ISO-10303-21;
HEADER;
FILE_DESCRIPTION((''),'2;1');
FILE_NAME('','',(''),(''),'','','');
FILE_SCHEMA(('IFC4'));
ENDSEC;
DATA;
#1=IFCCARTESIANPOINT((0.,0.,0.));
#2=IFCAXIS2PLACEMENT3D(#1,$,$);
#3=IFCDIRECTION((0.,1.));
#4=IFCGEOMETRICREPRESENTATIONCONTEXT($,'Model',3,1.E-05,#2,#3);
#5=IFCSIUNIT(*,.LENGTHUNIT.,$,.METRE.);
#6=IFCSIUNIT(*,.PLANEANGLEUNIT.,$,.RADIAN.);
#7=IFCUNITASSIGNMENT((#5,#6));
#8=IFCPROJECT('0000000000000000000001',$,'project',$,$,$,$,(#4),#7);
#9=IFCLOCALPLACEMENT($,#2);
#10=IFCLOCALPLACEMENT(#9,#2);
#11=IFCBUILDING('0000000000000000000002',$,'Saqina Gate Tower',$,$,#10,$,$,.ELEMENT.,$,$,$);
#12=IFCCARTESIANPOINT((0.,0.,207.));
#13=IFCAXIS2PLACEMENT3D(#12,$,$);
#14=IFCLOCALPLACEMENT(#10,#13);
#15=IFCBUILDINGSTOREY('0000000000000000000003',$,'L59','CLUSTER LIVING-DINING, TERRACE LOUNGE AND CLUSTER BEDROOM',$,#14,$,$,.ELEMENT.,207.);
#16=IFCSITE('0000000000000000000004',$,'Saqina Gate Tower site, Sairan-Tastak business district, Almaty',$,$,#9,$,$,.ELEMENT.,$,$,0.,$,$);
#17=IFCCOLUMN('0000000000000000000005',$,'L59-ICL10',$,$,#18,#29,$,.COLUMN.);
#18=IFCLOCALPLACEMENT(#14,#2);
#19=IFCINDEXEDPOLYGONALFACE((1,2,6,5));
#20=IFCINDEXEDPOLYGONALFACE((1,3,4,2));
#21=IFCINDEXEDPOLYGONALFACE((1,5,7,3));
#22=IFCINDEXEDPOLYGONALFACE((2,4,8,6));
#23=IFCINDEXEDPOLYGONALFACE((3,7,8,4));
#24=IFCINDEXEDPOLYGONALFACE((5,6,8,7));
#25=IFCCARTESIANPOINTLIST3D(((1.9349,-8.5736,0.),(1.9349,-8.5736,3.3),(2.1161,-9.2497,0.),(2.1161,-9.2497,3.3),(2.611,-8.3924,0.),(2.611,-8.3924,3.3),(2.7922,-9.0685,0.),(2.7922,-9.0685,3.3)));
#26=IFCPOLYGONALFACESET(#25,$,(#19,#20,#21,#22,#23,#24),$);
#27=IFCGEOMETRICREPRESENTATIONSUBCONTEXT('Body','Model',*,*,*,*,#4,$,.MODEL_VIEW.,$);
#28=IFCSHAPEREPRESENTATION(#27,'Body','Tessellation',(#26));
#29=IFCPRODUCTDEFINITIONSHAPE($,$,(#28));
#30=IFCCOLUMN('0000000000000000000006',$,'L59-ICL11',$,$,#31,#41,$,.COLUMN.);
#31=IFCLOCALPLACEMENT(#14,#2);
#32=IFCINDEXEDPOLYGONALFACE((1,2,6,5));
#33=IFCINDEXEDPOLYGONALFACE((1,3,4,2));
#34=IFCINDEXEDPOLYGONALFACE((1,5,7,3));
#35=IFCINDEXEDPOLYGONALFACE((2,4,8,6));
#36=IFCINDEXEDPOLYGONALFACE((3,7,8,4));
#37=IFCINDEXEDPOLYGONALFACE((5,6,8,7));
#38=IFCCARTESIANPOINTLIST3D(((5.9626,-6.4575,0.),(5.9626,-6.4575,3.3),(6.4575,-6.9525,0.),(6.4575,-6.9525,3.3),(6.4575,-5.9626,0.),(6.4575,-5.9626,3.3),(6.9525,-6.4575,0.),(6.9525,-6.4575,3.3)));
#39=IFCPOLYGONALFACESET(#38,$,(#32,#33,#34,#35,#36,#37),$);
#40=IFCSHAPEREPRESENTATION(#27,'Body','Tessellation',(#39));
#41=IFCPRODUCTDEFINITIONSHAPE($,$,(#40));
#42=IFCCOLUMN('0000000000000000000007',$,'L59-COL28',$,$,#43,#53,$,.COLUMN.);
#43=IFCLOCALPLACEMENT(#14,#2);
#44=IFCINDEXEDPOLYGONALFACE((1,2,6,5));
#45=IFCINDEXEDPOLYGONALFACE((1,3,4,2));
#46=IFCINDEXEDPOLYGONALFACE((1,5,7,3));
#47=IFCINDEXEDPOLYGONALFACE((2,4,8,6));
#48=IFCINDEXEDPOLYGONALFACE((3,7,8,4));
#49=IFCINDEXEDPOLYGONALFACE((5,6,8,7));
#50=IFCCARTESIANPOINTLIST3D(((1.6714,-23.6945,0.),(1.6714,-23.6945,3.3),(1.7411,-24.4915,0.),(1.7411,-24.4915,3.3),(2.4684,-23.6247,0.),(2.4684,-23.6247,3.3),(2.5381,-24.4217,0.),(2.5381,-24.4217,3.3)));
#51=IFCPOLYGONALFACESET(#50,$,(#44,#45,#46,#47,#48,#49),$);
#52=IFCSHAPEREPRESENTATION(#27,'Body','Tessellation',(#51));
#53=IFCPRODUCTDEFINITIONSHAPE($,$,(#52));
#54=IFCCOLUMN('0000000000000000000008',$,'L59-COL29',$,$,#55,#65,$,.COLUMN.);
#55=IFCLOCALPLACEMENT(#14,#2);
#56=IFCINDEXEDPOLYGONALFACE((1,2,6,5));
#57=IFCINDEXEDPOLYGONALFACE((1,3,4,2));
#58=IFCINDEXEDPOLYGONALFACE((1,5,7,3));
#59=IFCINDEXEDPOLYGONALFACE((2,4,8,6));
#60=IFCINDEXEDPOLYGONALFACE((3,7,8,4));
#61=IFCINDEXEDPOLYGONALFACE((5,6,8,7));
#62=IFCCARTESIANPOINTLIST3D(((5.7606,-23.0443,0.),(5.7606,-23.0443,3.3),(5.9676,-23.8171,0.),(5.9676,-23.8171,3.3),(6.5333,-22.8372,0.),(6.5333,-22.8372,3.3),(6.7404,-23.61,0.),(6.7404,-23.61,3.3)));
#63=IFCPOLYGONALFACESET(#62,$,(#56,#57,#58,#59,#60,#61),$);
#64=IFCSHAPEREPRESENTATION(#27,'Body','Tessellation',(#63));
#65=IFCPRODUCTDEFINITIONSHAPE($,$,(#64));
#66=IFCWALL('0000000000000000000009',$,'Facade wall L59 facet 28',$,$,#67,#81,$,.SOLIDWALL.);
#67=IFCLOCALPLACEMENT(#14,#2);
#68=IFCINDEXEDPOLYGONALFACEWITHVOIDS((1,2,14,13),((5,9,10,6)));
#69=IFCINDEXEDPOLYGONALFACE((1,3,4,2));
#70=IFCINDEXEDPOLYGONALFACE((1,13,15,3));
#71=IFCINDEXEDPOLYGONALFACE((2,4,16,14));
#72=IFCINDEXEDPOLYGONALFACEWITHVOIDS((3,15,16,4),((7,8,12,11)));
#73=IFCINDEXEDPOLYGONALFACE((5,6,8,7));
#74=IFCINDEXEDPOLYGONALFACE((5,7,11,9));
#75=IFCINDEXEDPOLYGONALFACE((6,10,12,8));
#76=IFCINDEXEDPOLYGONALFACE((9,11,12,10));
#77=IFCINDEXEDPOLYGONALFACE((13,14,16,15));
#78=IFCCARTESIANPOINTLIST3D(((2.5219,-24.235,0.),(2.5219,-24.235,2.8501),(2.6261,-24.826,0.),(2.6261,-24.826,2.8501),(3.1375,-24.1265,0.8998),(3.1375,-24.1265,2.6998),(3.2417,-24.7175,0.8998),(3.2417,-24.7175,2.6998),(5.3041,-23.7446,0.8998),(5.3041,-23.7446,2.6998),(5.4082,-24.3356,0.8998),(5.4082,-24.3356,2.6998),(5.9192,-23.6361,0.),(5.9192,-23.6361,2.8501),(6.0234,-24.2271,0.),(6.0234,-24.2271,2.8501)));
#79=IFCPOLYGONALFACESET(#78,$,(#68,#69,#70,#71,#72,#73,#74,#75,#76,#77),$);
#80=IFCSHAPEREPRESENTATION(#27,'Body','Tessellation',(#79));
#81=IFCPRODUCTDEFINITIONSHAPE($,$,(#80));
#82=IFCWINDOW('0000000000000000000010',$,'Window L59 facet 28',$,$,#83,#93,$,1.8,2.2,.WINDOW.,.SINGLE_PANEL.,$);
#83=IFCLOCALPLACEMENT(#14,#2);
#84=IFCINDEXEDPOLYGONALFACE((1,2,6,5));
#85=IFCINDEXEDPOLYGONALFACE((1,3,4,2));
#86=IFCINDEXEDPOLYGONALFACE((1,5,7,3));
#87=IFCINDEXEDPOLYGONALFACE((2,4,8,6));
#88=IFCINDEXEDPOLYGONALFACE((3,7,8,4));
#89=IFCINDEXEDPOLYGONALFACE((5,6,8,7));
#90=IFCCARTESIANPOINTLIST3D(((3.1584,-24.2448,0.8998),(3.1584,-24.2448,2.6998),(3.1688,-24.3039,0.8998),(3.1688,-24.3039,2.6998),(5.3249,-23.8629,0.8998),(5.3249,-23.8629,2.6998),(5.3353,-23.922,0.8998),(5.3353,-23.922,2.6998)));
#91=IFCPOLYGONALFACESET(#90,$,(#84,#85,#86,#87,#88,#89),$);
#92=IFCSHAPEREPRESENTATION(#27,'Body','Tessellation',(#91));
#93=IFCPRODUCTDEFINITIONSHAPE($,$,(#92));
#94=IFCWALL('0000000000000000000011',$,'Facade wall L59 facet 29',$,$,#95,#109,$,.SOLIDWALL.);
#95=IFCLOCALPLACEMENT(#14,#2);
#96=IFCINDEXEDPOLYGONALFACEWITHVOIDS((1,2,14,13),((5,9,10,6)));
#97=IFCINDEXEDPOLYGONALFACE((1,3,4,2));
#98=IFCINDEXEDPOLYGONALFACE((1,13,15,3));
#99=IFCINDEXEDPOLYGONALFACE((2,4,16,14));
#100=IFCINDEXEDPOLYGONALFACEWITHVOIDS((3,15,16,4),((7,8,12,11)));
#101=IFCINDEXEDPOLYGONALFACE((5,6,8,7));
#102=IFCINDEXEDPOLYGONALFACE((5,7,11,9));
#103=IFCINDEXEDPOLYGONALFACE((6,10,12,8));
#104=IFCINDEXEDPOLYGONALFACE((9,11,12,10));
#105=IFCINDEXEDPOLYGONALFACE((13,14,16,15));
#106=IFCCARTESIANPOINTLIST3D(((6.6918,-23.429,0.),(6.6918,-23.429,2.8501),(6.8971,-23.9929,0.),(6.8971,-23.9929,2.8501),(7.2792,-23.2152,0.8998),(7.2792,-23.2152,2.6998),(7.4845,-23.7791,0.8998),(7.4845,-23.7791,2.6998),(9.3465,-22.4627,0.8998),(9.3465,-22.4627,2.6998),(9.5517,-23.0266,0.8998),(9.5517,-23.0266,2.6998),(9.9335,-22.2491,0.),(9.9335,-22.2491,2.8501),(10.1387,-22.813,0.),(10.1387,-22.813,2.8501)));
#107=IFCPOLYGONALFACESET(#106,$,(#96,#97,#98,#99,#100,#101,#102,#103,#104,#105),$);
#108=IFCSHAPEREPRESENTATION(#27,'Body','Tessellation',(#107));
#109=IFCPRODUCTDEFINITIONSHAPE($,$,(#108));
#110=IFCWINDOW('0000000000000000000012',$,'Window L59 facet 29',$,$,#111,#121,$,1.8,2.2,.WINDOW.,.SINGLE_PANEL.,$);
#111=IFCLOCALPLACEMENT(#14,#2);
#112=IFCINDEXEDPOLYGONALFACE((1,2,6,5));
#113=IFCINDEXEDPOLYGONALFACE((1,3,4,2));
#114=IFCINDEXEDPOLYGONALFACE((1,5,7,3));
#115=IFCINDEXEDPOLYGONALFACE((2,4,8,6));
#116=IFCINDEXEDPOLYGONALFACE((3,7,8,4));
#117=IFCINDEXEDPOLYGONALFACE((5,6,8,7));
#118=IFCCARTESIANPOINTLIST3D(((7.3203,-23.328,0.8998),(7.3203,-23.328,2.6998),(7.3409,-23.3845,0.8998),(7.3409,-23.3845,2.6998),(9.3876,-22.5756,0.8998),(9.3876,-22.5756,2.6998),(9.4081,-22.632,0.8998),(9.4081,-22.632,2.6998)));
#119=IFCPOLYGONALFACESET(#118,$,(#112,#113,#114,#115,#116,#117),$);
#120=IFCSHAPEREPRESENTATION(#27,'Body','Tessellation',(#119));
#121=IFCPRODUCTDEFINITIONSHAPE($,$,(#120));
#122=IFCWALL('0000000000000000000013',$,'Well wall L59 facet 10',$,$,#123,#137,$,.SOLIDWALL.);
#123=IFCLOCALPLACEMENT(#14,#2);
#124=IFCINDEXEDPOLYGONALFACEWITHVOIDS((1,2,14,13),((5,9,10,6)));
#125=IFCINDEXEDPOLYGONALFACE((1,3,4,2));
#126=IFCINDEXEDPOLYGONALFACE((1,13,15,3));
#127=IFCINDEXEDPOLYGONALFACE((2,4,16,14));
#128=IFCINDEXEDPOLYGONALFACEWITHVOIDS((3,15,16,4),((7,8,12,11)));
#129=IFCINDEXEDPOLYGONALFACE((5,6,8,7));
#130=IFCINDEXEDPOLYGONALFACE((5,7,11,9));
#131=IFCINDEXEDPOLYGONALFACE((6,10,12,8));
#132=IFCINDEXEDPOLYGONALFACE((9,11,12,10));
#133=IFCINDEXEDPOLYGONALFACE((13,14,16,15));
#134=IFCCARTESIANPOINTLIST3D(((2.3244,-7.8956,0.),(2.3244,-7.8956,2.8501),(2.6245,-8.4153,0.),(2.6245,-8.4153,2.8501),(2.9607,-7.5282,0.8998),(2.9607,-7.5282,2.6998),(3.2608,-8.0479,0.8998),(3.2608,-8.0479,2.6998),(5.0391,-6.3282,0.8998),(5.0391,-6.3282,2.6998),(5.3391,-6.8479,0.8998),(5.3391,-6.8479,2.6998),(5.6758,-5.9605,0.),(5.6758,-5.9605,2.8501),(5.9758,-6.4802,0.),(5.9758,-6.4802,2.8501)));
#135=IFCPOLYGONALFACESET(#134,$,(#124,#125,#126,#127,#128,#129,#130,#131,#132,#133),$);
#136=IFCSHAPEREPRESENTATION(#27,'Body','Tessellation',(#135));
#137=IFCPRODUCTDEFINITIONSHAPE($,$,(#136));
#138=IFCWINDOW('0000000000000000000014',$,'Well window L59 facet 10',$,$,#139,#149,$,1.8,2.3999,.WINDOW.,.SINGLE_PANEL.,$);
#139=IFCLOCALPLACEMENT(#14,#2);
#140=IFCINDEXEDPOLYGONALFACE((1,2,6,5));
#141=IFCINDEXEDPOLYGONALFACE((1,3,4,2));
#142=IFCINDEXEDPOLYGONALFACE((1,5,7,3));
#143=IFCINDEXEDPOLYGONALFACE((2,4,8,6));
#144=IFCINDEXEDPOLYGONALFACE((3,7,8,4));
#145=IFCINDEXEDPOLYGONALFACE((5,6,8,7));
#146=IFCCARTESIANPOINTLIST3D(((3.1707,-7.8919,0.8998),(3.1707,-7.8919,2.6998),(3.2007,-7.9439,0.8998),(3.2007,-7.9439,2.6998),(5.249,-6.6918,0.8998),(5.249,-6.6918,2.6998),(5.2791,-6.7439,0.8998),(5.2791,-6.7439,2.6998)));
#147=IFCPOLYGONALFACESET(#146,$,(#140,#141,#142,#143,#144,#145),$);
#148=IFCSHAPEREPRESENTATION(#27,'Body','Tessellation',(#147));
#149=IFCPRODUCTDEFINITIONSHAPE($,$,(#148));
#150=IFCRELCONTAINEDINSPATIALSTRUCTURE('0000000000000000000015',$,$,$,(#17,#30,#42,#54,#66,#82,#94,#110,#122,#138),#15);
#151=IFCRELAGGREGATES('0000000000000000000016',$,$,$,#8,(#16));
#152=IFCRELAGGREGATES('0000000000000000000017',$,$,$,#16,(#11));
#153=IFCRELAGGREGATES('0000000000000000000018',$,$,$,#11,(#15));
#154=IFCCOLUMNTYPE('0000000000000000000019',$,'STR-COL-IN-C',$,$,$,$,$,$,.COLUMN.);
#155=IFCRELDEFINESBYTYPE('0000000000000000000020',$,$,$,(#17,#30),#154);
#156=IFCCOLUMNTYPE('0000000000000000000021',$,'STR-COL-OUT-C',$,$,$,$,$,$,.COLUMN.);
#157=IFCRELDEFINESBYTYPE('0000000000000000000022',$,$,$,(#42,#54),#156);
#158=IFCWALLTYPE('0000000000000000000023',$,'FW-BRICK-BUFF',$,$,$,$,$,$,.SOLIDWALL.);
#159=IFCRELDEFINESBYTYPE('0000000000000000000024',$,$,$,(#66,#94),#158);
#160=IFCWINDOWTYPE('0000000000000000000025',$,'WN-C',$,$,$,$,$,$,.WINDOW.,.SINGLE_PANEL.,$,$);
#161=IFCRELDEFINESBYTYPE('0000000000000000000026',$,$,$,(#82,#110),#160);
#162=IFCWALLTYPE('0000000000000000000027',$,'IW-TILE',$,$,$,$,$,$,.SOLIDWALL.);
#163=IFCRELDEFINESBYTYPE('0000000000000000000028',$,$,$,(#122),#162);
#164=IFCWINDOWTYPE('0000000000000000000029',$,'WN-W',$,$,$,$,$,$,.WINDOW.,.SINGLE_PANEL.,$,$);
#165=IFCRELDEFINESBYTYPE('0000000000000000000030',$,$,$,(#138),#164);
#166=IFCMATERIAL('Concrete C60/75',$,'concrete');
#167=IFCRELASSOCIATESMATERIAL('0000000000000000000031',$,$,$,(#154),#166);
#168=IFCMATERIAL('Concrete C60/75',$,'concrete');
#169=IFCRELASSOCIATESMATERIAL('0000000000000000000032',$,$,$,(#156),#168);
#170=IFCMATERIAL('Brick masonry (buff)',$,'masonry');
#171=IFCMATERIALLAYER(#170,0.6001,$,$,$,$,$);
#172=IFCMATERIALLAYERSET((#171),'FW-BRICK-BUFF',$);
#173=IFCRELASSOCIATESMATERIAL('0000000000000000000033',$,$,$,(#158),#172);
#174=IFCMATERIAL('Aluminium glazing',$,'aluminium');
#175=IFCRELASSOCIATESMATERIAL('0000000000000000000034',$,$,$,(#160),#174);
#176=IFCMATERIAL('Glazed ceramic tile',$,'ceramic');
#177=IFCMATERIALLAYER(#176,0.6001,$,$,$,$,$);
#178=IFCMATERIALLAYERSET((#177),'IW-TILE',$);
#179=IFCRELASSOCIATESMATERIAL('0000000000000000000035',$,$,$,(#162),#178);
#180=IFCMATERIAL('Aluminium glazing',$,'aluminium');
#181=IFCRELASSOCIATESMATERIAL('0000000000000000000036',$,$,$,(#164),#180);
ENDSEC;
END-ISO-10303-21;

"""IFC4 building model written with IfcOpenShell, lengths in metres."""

from ifc_helpers import new_model, si_unit, direction, frame, frame_2d, origin, origin_2d, place, context, subcontext, project, spatial, rectangle, extrude, material, layer, layer_set, material_profile, profile_set, type_object, element, fill, save


model = new_model("IFC4")

# Units and contexts
model_context = context("Model", 3, precision=1e-05, world=origin(), true_north=direction((0.0, 1.0)))
body_context = subcontext(model_context, "Body", "Model", "MODEL_VIEW")
ifc_project = project(units=[si_unit("LENGTHUNIT", "METRE"), si_unit("PLANEANGLEUNIT", "RADIAN")], contexts=[model_context])

# Site, building, storey
site_placement = place(None, origin())
site = spatial("IfcSite", under=ifc_project, at=site_placement, Name="Saqina Gate Tower site, Sairan-Tastak business district, Almaty", CompositionType="ELEMENT", RefElevation=0.0)
building_placement = place(site_placement, origin())
building = spatial("IfcBuilding", under=site, at=building_placement, Name="Saqina Gate Tower", CompositionType="ELEMENT")
storey_placement = place(building_placement, frame((0.0, 0.0, 207.0)))
storey = spatial("IfcBuildingStorey", under=building, at=storey_placement, Name="L59", Description="CLUSTER LIVING-DINING, TERRACE LOUNGE AND CLUSTER BEDROOM", CompositionType="ELEMENT", Elevation=207.0)

# Columns
ifc_material_1 = material(Name="Concrete C60/75", Category="concrete")
ifc_material_profile_1 = material_profile(ifc_material_1, rectangle(XDim=0.7, YDim=0.7, at=origin_2d()), Name="RC 700x700")
ifc_profile_set_1 = profile_set([ifc_material_profile_1], Name="Concrete C60/75")
column_type_1 = type_object("IfcColumnType", Name="STR-COL-IN-C", PredefinedType="COLUMN", material=ifc_profile_set_1)
for number, where, z_axis, x_axis, name in (
    (1, (2.3635, -8.821, 0.0), (0.0, 0.0, 1.0), (0.258819, -0.965926, 0.0), "L59-ICL10"),
    (2, (6.4575, -6.4575, 0.0), (0.0, 0.0, 1.0), (0.707107, -0.707107, 0.0), "L59-ICL11"),
):
    element("IfcColumn", number, at=place(storey_placement, frame(where, z_axis=z_axis, x_axis=x_axis)), inside=storey, type_object=column_type_1, Name=name, PredefinedType="COLUMN", context=body_context, shape_type="SweptSolid", body=[
        extrude(rectangle(XDim=0.7, YDim=0.7, at=origin_2d()), origin(), (0.0, 0.0, 1.0), 3.3),
    ])
ifc_material_2 = material(Name="Concrete C60/75", Category="concrete")
ifc_material_profile_2 = material_profile(ifc_material_2, rectangle(XDim=0.8, YDim=0.8, at=origin_2d()), Name="RC 800x800")
ifc_profile_set_2 = profile_set([ifc_material_profile_2], Name="Concrete C60/75")
column_type_2 = type_object("IfcColumnType", Name="STR-COL-OUT-C", PredefinedType="COLUMN", material=ifc_profile_set_2)
for number, where, z_axis, x_axis, name in (
    (3, (2.1047, -24.0581, 0.0), (0.0, 0.0, 1.0), (0.087156, -0.996195, 0.0), "L59-COL28"),
    (4, (6.2505, -23.3271, 0.0), (0.0, 0.0, 1.0), (0.258819, -0.965926, 0.0), "L59-COL29"),
):
    element("IfcColumn", number, at=place(storey_placement, frame(where, z_axis=z_axis, x_axis=x_axis)), inside=storey, type_object=column_type_2, Name=name, PredefinedType="COLUMN", context=body_context, shape_type="SweptSolid", body=[
        extrude(rectangle(XDim=0.8, YDim=0.8, at=origin_2d()), origin(), (0.0, 0.0, 1.0), 3.3),
    ])

# Walls, openings, windows
ifc_material_3 = material(Name="Brick masonry (buff)", Category="masonry")
ifc_layer_1 = layer(ifc_material_3, 0.6001)
ifc_layer_set_1 = layer_set([ifc_layer_1], Name="FW-BRICK-BUFF")
wall_type_1 = type_object("IfcWallType", Name="FW-BRICK-BUFF", PredefinedType="SOLIDWALL", material=ifc_layer_set_1)
wall_1_placement = place(storey_placement, frame((2.574, -24.5305, 0.0), z_axis=(0.0, 0.0, 1.0), x_axis=(0.984815, 0.173608, 0.0)))
wall_1 = element("IfcWall", 5, at=wall_1_placement, inside=storey, type_object=wall_type_1, Name="Facade wall L59 facet 28", PredefinedType="SOLIDWALL", context=body_context, shape_type="SweptSolid", body=[
    extrude(rectangle(XDim=3.4497, YDim=0.6001, at=frame_2d((1.7249, 0.0))), origin(), (0.0, 0.0, 1.0), 2.8501),
])
opening_1_placement = place(wall_1_placement, frame((0.625, 0.0, 0.8999)))
opening_1 = element("IfcOpeningElement", 6, at=opening_1_placement, cuts=wall_1, PredefinedType="OPENING", context=body_context, shape_type="SweptSolid", body=[
    extrude(rectangle(XDim=2.2, YDim=1.8, at=frame_2d((1.1001, 0.8999))), frame((0.0, 0.312, 0.0), z_axis=(0.0, -1.0, 0.0), x_axis=(1.0, 0.0, 0.0)), (0.0, 0.0, 1.0), 0.624),
])
ifc_material_4 = material(Name="Aluminium glazing", Category="aluminium")
window_type_1 = type_object("IfcWindowType", Name="WN-C", PartitioningType="SINGLE_PANEL", PredefinedType="WINDOW", material=ifc_material_4)
window_1_placement = place(opening_1_placement, origin())
window_1 = element("IfcWindow", 7, at=window_1_placement, inside=storey, type_object=window_type_1, Name="Window L59 facet 28", OverallHeight=1.8, OverallWidth=2.2, PartitioningType="SINGLE_PANEL", PredefinedType="WINDOW", context=body_context, shape_type="SweptSolid", body=[
    extrude(rectangle(XDim=2.2, YDim=1.8, at=frame_2d((1.1001, 0.8999))), frame((0.0, 0.1799, 0.0), z_axis=(0.0, -1.0, 0.0), x_axis=(1.0, 0.0, 0.0)), (0.0, 0.0, 1.0), 0.0601),
])
fill(opening_1, window_1)
wall_2_placement = place(storey_placement, frame((6.7944, -23.7109, 0.0), z_axis=(0.0, 0.0, 1.0), x_axis=(0.939688, 0.342033, 0.0)))
wall_2 = element("IfcWall", 8, at=wall_2_placement, inside=storey, type_object=wall_type_1, Name="Facade wall L59 facet 29", PredefinedType="SOLIDWALL", context=body_context, shape_type="SweptSolid", body=[
    extrude(rectangle(XDim=3.4497, YDim=0.6001, at=frame_2d((1.7249, 0.0))), origin(), (0.0, 0.0, 1.0), 2.8501),
])
opening_2_placement = place(wall_2_placement, frame((0.625, 0.0, 0.8999)))
opening_2 = element("IfcOpeningElement", 9, at=opening_2_placement, cuts=wall_2, PredefinedType="OPENING", context=body_context, shape_type="SweptSolid", body=[
    extrude(rectangle(XDim=2.2, YDim=1.8, at=frame_2d((1.1001, 0.8999))), frame((0.0, 0.312, 0.0), z_axis=(0.0, -1.0, 0.0), x_axis=(1.0, 0.0, 0.0)), (0.0, 0.0, 1.0), 0.624),
])
window_2_placement = place(opening_2_placement, origin())
window_2 = element("IfcWindow", 10, at=window_2_placement, inside=storey, type_object=window_type_1, Name="Window L59 facet 29", OverallHeight=1.8, OverallWidth=2.2, PartitioningType="SINGLE_PANEL", PredefinedType="WINDOW", context=body_context, shape_type="SweptSolid", body=[
    extrude(rectangle(XDim=2.2, YDim=1.8, at=frame_2d((1.1001, 0.8999))), frame((0.0, 0.1799, 0.0), z_axis=(0.0, -1.0, 0.0), x_axis=(1.0, 0.0, 0.0)), (0.0, 0.0, 1.0), 0.0601),
])
fill(opening_2, window_2)
ifc_material_5 = material(Name="Glazed ceramic tile", Category="ceramic")
ifc_layer_2 = layer(ifc_material_5, 0.6001)
ifc_layer_set_2 = layer_set([ifc_layer_2], Name="IW-TILE")
wall_type_2 = type_object("IfcWallType", Name="IW-TILE", PredefinedType="SOLIDWALL", material=ifc_layer_set_2)
wall_3_placement = place(storey_placement, frame((2.4744, -8.1555, 0.0), z_axis=(0.0, 0.0, 1.0), x_axis=(0.866006, 0.500034, 0.0)))
wall_3 = element("IfcWall", 11, at=wall_3_placement, inside=storey, type_object=wall_type_2, Name="Well wall L59 facet 10", PredefinedType="SOLIDWALL", context=body_context, shape_type="SweptSolid", body=[
    extrude(rectangle(XDim=3.8699, YDim=0.6001, at=frame_2d((1.9351, 0.0))), origin(), (0.0, 0.0, 1.0), 2.8501),
])
opening_3_placement = place(wall_3_placement, frame((0.7349, 0.0, 0.8999)))
opening_3 = element("IfcOpeningElement", 12, at=opening_3_placement, cuts=wall_3, PredefinedType="OPENING", context=body_context, shape_type="SweptSolid", body=[
    extrude(rectangle(XDim=2.3999, YDim=1.8, at=frame_2d((1.2, 0.8999))), frame((0.0, 0.312, 0.0), z_axis=(0.0, -1.0, 0.0), x_axis=(1.0, 0.0, 0.0)), (0.0, 0.0, 1.0), 0.624),
])
ifc_material_6 = material(Name="Aluminium glazing", Category="aluminium")
window_type_2 = type_object("IfcWindowType", Name="WN-W", PartitioningType="SINGLE_PANEL", PredefinedType="WINDOW", material=ifc_material_6)
window_3_placement = place(opening_3_placement, origin())
window_3 = element("IfcWindow", 13, at=window_3_placement, inside=storey, type_object=window_type_2, Name="Well window L59 facet 10", OverallHeight=1.8, OverallWidth=2.3999, PartitioningType="SINGLE_PANEL", PredefinedType="WINDOW", context=body_context, shape_type="SweptSolid", body=[
    extrude(rectangle(XDim=2.3999, YDim=1.8, at=frame_2d((1.2, 0.8999))), frame((0.0, -0.1199, 0.0), z_axis=(0.0, -1.0, 0.0), x_axis=(1.0, 0.0, 0.0)), (0.0, 0.0, 1.0), 0.0601),
])
fill(opening_3, window_3)

save(model, "model.ifc")
